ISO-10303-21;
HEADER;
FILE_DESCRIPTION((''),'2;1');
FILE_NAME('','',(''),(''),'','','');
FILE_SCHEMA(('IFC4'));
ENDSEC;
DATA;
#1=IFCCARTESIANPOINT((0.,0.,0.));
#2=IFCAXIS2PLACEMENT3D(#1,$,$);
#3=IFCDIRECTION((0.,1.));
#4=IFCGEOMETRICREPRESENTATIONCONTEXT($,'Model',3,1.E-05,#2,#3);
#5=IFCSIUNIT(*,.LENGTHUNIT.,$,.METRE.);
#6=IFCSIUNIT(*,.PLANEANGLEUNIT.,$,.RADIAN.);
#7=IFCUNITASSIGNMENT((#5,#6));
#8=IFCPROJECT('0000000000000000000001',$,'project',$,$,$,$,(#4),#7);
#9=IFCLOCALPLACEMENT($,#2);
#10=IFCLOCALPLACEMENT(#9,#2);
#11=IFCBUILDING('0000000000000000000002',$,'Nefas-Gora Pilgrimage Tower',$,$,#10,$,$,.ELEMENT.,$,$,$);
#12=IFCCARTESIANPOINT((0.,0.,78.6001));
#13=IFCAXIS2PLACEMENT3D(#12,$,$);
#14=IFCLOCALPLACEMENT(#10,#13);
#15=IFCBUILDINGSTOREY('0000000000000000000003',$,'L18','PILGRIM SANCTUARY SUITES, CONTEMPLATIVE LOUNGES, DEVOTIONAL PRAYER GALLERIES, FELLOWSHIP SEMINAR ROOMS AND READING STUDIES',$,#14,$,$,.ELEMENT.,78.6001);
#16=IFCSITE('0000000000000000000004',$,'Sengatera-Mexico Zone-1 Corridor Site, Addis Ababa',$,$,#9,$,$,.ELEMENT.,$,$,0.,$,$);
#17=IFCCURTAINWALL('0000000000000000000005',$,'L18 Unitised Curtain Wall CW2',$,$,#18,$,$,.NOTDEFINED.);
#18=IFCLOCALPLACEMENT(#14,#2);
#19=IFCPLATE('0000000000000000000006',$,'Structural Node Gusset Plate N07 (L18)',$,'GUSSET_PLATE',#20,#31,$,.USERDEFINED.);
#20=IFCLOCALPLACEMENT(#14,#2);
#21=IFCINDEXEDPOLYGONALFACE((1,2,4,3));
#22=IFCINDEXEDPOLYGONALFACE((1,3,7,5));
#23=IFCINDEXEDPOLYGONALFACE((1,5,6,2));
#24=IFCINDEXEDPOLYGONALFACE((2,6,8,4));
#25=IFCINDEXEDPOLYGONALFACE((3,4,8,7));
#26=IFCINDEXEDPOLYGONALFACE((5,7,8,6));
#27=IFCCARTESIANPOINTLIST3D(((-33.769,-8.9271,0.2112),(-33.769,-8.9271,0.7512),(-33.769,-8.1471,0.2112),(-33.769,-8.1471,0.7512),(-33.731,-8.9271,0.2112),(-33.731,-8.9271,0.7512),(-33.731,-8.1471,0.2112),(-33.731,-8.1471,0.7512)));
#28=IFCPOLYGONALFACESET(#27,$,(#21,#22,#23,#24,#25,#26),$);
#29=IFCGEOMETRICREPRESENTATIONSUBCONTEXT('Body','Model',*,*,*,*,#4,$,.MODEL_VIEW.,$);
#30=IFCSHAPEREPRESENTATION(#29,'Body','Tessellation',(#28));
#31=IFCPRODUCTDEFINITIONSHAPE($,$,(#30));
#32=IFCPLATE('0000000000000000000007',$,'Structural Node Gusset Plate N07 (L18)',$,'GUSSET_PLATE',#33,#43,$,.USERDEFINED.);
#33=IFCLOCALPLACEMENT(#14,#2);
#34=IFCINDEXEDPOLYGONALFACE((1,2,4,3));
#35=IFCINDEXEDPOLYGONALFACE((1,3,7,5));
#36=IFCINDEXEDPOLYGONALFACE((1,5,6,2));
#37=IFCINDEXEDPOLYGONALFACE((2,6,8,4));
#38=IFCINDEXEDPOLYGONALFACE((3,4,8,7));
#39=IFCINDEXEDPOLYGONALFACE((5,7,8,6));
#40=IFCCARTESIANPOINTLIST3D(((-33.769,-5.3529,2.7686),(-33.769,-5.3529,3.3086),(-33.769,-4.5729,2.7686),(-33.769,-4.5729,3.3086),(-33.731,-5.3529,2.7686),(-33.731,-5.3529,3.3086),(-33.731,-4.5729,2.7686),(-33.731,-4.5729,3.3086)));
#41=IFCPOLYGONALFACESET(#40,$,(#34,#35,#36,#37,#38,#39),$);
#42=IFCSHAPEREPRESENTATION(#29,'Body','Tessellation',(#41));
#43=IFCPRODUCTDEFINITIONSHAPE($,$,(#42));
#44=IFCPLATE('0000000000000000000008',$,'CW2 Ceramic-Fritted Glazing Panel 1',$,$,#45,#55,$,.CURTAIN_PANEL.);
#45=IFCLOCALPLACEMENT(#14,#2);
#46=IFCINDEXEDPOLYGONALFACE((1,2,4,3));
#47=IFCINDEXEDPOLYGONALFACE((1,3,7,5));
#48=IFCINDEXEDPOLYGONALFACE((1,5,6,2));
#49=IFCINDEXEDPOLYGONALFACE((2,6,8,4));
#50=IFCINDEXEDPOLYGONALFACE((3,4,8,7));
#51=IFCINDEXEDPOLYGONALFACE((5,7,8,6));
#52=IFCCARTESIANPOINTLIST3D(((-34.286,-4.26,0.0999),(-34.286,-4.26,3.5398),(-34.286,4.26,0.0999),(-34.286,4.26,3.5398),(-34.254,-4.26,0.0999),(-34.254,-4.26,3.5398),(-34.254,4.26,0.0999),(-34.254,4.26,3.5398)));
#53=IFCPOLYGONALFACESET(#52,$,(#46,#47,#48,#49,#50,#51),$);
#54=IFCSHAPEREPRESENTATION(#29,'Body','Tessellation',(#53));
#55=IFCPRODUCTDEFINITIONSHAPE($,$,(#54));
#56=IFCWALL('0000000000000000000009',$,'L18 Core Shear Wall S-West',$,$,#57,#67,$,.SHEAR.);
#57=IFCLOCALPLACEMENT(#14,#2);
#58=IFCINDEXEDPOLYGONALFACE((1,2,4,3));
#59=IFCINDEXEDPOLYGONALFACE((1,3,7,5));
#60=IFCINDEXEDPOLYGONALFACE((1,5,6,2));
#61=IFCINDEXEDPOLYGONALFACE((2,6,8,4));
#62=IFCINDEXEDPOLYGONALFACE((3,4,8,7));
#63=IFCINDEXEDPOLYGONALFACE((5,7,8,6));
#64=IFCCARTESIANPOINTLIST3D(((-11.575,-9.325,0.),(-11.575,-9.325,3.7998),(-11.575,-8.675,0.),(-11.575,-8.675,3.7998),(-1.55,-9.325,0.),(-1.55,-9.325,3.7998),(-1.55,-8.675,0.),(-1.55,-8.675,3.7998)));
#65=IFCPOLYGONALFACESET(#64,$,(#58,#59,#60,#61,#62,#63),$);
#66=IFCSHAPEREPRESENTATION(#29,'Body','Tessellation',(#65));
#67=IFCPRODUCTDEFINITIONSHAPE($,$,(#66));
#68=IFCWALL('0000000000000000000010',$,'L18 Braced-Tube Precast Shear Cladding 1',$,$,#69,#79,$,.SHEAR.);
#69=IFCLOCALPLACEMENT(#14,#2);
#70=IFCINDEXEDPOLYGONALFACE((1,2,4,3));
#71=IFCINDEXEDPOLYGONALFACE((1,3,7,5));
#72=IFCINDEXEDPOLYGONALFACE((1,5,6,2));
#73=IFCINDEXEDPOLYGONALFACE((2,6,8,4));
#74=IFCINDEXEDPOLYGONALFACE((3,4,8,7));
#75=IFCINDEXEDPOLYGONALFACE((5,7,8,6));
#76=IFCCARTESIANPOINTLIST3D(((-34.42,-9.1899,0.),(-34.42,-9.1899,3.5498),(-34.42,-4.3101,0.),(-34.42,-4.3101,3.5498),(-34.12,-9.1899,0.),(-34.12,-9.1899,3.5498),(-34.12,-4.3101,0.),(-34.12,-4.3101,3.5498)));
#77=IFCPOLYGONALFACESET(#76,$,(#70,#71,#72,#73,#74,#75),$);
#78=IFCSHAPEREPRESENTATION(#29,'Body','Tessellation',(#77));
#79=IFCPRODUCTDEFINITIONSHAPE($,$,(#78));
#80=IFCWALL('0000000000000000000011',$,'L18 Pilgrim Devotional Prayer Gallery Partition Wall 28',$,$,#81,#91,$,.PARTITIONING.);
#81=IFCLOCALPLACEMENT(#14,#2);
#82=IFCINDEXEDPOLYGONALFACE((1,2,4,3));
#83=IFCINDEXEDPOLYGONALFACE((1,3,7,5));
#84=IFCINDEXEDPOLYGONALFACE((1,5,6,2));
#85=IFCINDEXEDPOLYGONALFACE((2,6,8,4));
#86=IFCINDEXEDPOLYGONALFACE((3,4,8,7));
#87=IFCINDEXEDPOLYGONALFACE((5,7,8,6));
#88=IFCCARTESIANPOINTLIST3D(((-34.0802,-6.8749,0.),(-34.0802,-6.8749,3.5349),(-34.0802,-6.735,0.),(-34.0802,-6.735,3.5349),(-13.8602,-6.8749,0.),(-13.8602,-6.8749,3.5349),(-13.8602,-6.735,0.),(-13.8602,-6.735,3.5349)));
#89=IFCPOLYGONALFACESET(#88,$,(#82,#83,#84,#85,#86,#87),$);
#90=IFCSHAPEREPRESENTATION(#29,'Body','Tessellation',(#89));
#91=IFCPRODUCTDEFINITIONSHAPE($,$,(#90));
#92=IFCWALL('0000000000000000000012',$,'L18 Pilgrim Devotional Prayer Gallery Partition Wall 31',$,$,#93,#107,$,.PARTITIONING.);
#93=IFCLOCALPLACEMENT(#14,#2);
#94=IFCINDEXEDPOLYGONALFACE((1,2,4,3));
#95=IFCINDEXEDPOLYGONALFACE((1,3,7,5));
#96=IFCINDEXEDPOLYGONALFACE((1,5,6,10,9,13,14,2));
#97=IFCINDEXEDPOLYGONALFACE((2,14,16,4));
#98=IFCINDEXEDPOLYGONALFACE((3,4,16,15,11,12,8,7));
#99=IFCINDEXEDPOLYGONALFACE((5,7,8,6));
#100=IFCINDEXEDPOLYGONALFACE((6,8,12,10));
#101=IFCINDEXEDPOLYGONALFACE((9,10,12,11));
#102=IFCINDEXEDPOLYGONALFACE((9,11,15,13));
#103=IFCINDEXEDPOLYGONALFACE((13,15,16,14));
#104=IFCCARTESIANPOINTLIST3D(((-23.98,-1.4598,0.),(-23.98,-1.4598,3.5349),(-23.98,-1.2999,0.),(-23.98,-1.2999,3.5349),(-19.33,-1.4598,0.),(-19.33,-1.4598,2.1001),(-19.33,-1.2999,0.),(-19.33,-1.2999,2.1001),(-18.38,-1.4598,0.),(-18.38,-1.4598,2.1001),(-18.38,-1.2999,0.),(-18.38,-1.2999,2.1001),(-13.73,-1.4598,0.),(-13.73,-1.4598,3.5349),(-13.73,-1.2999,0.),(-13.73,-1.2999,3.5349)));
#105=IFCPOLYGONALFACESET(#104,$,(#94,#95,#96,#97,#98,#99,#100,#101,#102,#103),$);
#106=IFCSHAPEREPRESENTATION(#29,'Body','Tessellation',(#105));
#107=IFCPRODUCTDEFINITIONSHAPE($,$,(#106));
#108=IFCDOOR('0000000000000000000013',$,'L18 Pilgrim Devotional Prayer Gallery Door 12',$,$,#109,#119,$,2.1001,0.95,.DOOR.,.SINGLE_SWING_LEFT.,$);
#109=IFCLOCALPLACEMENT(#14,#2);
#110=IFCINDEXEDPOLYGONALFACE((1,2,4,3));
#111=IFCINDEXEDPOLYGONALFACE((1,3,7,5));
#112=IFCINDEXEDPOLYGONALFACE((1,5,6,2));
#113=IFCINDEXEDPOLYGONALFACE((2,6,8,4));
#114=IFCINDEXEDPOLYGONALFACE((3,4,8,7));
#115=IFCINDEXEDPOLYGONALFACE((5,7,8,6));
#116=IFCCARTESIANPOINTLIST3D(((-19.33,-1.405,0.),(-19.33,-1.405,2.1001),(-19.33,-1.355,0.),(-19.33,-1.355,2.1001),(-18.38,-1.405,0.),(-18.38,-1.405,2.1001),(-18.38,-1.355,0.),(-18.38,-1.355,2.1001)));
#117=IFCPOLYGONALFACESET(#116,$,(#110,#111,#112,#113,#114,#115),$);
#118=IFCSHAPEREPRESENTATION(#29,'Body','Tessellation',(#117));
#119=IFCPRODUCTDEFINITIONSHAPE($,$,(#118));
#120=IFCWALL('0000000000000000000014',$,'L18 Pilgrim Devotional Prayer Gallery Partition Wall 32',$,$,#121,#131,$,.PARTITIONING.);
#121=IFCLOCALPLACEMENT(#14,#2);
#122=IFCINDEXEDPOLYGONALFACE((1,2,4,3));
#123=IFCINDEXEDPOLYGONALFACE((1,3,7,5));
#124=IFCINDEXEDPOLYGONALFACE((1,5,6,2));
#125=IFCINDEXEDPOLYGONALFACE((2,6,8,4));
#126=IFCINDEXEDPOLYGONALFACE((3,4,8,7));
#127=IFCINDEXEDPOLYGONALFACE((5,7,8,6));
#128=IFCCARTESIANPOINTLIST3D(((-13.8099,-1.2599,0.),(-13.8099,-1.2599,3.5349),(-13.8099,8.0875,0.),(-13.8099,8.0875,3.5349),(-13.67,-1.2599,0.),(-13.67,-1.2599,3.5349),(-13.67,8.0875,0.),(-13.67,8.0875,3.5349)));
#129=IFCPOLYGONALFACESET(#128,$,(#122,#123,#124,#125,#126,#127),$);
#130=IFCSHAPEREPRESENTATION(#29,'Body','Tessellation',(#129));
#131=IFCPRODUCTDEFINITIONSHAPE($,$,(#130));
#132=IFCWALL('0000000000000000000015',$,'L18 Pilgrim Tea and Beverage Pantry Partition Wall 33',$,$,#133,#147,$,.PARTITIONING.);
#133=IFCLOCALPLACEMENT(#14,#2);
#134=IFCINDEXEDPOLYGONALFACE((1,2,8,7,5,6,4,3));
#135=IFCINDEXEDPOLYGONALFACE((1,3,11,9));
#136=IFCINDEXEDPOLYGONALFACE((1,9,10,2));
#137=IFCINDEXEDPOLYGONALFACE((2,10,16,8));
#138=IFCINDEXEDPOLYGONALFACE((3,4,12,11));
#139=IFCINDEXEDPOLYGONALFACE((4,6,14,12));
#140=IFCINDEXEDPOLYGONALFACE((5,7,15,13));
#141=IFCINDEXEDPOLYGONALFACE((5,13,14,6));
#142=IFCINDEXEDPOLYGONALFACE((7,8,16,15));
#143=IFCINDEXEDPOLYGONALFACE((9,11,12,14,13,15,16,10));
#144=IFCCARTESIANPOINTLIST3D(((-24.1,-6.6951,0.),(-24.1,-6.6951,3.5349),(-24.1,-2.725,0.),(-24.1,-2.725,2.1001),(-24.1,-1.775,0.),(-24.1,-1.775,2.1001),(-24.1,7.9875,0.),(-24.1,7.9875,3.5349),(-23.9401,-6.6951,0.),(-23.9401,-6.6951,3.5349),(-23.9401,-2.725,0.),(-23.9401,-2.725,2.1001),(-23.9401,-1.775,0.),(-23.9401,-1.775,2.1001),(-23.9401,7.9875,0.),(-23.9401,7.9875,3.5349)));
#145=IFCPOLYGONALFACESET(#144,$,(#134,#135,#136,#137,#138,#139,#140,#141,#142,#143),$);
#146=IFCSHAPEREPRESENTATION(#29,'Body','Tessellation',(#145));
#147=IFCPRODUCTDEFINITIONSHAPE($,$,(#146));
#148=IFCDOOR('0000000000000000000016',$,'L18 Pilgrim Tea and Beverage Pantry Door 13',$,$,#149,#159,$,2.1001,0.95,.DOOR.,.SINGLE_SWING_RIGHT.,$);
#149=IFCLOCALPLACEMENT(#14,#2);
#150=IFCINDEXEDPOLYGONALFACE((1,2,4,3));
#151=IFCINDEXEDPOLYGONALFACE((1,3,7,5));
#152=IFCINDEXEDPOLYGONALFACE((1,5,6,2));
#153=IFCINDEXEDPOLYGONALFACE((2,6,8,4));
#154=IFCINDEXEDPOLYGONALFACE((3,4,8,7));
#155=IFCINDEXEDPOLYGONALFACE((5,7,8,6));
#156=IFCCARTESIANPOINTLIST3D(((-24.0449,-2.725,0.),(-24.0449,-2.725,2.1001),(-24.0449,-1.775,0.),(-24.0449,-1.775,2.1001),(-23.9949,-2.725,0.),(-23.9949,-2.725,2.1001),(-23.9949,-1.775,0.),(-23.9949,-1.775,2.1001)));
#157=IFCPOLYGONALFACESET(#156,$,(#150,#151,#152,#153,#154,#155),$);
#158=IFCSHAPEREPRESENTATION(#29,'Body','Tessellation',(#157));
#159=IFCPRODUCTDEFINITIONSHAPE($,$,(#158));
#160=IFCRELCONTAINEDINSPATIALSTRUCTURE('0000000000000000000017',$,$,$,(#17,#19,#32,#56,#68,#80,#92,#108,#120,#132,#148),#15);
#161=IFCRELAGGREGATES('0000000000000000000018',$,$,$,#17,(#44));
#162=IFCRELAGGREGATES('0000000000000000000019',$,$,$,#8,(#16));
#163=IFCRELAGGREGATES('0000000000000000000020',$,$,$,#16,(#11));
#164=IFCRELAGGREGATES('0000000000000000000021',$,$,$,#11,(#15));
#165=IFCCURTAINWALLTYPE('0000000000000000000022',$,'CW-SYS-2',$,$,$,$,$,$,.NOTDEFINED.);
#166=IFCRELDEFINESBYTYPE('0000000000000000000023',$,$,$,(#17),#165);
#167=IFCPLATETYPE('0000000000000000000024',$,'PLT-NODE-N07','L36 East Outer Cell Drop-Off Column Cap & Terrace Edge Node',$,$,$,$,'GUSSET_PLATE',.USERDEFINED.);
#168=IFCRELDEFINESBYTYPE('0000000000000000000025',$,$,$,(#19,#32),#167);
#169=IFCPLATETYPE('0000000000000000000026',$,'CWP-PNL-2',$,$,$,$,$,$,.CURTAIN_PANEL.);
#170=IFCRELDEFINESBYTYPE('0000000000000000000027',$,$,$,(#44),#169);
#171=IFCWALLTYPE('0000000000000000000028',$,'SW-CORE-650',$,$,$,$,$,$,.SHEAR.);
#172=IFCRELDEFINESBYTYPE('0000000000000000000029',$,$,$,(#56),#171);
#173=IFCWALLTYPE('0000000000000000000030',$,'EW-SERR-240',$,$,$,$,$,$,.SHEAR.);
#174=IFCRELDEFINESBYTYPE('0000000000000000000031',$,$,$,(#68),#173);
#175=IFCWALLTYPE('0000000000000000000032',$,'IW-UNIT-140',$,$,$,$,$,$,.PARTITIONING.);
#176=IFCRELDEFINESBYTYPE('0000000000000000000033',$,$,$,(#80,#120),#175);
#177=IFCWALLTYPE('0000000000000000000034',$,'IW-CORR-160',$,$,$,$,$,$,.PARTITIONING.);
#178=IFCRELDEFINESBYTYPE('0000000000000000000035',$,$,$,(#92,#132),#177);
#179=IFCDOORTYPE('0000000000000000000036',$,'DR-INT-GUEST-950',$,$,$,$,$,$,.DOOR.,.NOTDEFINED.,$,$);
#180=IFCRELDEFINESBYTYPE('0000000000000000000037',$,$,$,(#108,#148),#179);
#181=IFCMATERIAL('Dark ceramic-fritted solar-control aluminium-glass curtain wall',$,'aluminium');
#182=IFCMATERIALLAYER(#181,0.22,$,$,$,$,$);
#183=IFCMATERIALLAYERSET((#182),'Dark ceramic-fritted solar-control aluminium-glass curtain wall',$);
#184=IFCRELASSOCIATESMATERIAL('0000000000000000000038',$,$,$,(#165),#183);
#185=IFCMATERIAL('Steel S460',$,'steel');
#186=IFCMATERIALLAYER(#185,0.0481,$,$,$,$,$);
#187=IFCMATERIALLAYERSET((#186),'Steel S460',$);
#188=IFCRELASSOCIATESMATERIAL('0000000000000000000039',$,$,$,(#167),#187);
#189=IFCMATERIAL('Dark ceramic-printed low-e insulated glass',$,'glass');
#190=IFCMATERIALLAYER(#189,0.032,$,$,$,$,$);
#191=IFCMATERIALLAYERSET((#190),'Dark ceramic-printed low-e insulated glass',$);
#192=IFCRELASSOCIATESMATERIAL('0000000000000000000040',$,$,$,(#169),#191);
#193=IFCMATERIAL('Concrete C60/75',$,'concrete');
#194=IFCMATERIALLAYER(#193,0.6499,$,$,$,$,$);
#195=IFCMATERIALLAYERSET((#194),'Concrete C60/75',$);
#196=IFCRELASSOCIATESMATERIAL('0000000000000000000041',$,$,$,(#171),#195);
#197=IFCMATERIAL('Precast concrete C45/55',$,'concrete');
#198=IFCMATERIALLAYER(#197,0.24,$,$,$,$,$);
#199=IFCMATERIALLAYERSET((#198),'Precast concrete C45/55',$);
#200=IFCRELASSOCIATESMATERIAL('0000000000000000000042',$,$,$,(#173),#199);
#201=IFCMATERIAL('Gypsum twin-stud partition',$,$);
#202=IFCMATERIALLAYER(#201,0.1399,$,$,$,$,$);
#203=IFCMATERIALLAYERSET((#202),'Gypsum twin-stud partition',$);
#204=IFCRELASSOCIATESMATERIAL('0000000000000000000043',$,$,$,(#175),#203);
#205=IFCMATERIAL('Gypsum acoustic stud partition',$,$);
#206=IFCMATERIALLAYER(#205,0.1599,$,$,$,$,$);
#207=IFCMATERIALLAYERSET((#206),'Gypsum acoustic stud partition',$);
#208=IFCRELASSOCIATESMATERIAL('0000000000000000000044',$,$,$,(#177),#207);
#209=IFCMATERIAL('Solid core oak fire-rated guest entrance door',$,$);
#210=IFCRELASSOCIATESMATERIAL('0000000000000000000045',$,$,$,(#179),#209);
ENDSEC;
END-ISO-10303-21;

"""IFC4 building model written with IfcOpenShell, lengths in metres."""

from ifc_helpers import new_model, si_unit, direction, frame, frame_2d, origin, origin_2d, place, context, subcontext, project, spatial, rectangle, extrude, source, transform, mapped, material, layer, layer_set, type_object, element, fill, aggregate, save


model = new_model("IFC4")

# Units and contexts
model_context = context("Model", 3, precision=1e-05, world=origin(), true_north=direction((0.0, 1.0)))
body_context = subcontext(model_context, "Body", "Model", "MODEL_VIEW")
ifc_project = project(units=[si_unit("LENGTHUNIT", "METRE"), si_unit("PLANEANGLEUNIT", "RADIAN")], contexts=[model_context])

# Site, building, storey
site_placement = place(None, origin())
site = spatial("IfcSite", under=ifc_project, at=site_placement, Name="Sengatera-Mexico Zone-1 Corridor Site, Addis Ababa", CompositionType="ELEMENT", RefElevation=0.0)
building_placement = place(site_placement, origin())
building = spatial("IfcBuilding", under=site, at=building_placement, Name="Nefas-Gora Pilgrimage Tower", CompositionType="ELEMENT")
storey_placement = place(building_placement, frame((0.0, 0.0, 78.6001)))
storey = spatial("IfcBuildingStorey", under=building, at=storey_placement, Name="L18", Description="PILGRIM SANCTUARY SUITES, CONTEMPLATIVE LOUNGES, DEVOTIONAL PRAYER GALLERIES, FELLOWSHIP SEMINAR ROOMS AND READING STUDIES", CompositionType="ELEMENT", Elevation=78.6001)

# Shared definitions
ifc_material_1 = material(Name="Steel S460", Category="steel")

# Curtain wall
ifc_material_2 = material(Name="Dark ceramic-fritted solar-control aluminium-glass curtain wall", Category="aluminium")
ifc_layer_1 = layer(ifc_material_2, 0.22)
ifc_layer_set_1 = layer_set([ifc_layer_1], Name="Dark ceramic-fritted solar-control aluminium-glass curtain wall")
curtain_wall_type = type_object("IfcCurtainWallType", Name="CW-SYS-2", PredefinedType="NOTDEFINED", material=ifc_layer_set_1)
curtain_wall_1_placement = place(storey_placement, origin())
curtain_wall_1 = element("IfcCurtainWall", 1, at=curtain_wall_1_placement, inside=storey, type_object=curtain_wall_type, Name="L18 Unitised Curtain Wall CW2", PredefinedType="NOTDEFINED")

# Plates
ifc_layer_2 = layer(ifc_material_1, 0.0481)
ifc_layer_set_2 = layer_set([ifc_layer_2], Name="Steel S460")
plate_type_1 = type_object("IfcPlateType", Name="PLT-NODE-N07", Description="L36 East Outer Cell Drop-Off Column Cap & Terrace Edge Node", ElementType="GUSSET_PLATE", PredefinedType="USERDEFINED", material=ifc_layer_set_2)
shared_shape_1 = source(origin(), body_context, "Body", "SweptSolid", [
    extrude(rectangle(XDim=0.78, YDim=0.0381, at=origin_2d()), origin(), (0.0, 0.0, 1.0), 0.54),
])
for number, where, z_axis, x_axis, name in (
    (2, (-33.75, -8.5371, 0.2112), (0.0, 0.0, 1.0), (0.0, 1.0, 0.0), "Structural Node Gusset Plate N07 (L18)"),
    (3, (-33.75, -4.9629, 2.7686), (0.0, 0.0, 1.0), (0.0, 1.0, 0.0), "Structural Node Gusset Plate N07 (L18)"),
):
    element("IfcPlate", number, at=place(storey_placement, frame(where, z_axis=z_axis, x_axis=x_axis)), inside=storey, type_object=plate_type_1, Name=name, ObjectType="GUSSET_PLATE", PredefinedType="USERDEFINED", context=body_context, shape_type="MappedRepresentation", body=[
        mapped(shared_shape_1, transform((0.0, 0.0, 0.0), x_axis=(1.0, 0.0, 0.0), y_axis=(0.0, 1.0, 0.0), z_axis=(0.0, 0.0, 1.0), scale=1.0)),
    ])

# Plate
ifc_material_3 = material(Name="Dark ceramic-printed low-e insulated glass", Category="glass")
ifc_layer_3 = layer(ifc_material_3, 0.032)
ifc_layer_set_3 = layer_set([ifc_layer_3], Name="Dark ceramic-printed low-e insulated glass")
plate_type_2 = type_object("IfcPlateType", Name="CWP-PNL-2", PredefinedType="CURTAIN_PANEL", material=ifc_layer_set_3)
shared_shape_2 = source(origin(), body_context, "Body", "SweptSolid", [
    extrude(rectangle(XDim=8.52, YDim=0.032, at=origin_2d()), origin(), (0.0, 0.0, 1.0), 3.4399),
])
plate_placement = place(storey_placement, frame((-34.27, 0.0, 0.0999), z_axis=(0.0, 0.0, 1.0), x_axis=(0.0, -1.0, 0.0)))
plate = element("IfcPlate", 4, at=plate_placement, type_object=plate_type_2, Name="CW2 Ceramic-Fritted Glazing Panel 1", PredefinedType="CURTAIN_PANEL", context=body_context, shape_type="MappedRepresentation", body=[
    mapped(shared_shape_2, transform((0.0, 0.0, 0.0), x_axis=(1.0, 0.0, 0.0), y_axis=(0.0, 1.0, 0.0), z_axis=(0.0, 0.0, 1.0), scale=1.0)),
])
aggregate(curtain_wall_1, [plate])

# Walls
ifc_material_4 = material(Name="Concrete C60/75", Category="concrete")
ifc_layer_4 = layer(ifc_material_4, 0.6499)
ifc_layer_set_4 = layer_set([ifc_layer_4], Name="Concrete C60/75")
wall_type_1 = type_object("IfcWallType", Name="SW-CORE-650", PredefinedType="SHEAR", material=ifc_layer_set_4)
shared_shape_3 = source(origin(), body_context, "Body", "SweptSolid", [
    extrude(rectangle(XDim=10.0249, YDim=0.6499, at=frame_2d((5.0125, 0.0))), origin(), (0.0, 0.0, 1.0), 3.7998),
])
wall_1_placement = place(storey_placement, frame((-11.575, -9.0, 0.0), z_axis=(0.0, 0.0, 1.0), x_axis=(1.0, 0.0, 0.0)))
element("IfcWall", 5, at=wall_1_placement, inside=storey, type_object=wall_type_1, Name="L18 Core Shear Wall S-West", PredefinedType="SHEAR", context=body_context, shape_type="MappedRepresentation", body=[
    mapped(shared_shape_3, transform((0.0, 0.0, 0.0), x_axis=(1.0, 0.0, 0.0), y_axis=(0.0, 1.0, 0.0), z_axis=(0.0, 0.0, 1.0), scale=1.0)),
])
ifc_material_5 = material(Name="Precast concrete C45/55", Category="concrete")
ifc_layer_5 = layer(ifc_material_5, 0.24)
ifc_layer_set_5 = layer_set([ifc_layer_5], Name="Precast concrete C45/55")
wall_type_2 = type_object("IfcWallType", Name="EW-SERR-240", PredefinedType="SHEAR", material=ifc_layer_set_5)
shared_shape_4 = source(origin(), body_context, "Body", "SweptSolid", [
    extrude(rectangle(XDim=4.8799, YDim=0.3, at=frame_2d((2.4399, 0.0))), origin(), (0.0, 0.0, 1.0), 3.5498),
])
wall_2_placement = place(storey_placement, frame((-34.27, -9.1899, 0.0), z_axis=(0.0, 0.0, 1.0), x_axis=(0.0, 1.0, 0.0)))
element("IfcWall", 6, at=wall_2_placement, inside=storey, type_object=wall_type_2, Name="L18 Braced-Tube Precast Shear Cladding 1", PredefinedType="SHEAR", context=body_context, shape_type="MappedRepresentation", body=[
    mapped(shared_shape_4, transform((0.0, 0.0, 0.0), x_axis=(1.0, 0.0, 0.0), y_axis=(0.0, 1.0, 0.0), z_axis=(0.0, 0.0, 1.0), scale=1.0)),
])
ifc_material_6 = material(Name="Gypsum twin-stud partition")
ifc_layer_6 = layer(ifc_material_6, 0.1399)
ifc_layer_set_6 = layer_set([ifc_layer_6], Name="Gypsum twin-stud partition")
wall_type_3 = type_object("IfcWallType", Name="IW-UNIT-140", PredefinedType="PARTITIONING", material=ifc_layer_set_6)
shared_shape_5 = source(origin(), body_context, "Body", "SweptSolid", [
    extrude(rectangle(XDim=20.22, YDim=0.1399, at=frame_2d((10.1099, 0.0))), origin(), (0.0, 0.0, 1.0), 3.5349),
])
wall_3_placement = place(storey_placement, frame((-34.0801, -6.8049, 0.0), z_axis=(0.0, 0.0, 1.0), x_axis=(1.0, 0.0, 0.0)))
element("IfcWall", 7, at=wall_3_placement, inside=storey, type_object=wall_type_3, Name="L18 Pilgrim Devotional Prayer Gallery Partition Wall 28", PredefinedType="PARTITIONING", context=body_context, shape_type="MappedRepresentation", body=[
    mapped(shared_shape_5, transform((0.0, 0.0, 0.0), x_axis=(1.0, 0.0, 0.0), y_axis=(0.0, 1.0, 0.0), z_axis=(0.0, 0.0, 1.0), scale=1.0)),
])

# Wall, opening, door
ifc_material_7 = material(Name="Gypsum acoustic stud partition")
ifc_layer_7 = layer(ifc_material_7, 0.1599)
ifc_layer_set_7 = layer_set([ifc_layer_7], Name="Gypsum acoustic stud partition")
wall_type_4 = type_object("IfcWallType", Name="IW-CORR-160", PredefinedType="PARTITIONING", material=ifc_layer_set_7)
shared_shape_6 = source(origin(), body_context, "Body", "SweptSolid", [
    extrude(rectangle(XDim=10.25, YDim=0.1599, at=frame_2d((5.125, 0.0))), origin(), (0.0, 0.0, 1.0), 3.5349),
])
wall_4_placement = place(storey_placement, frame((-23.98, -1.3799, 0.0), z_axis=(0.0, 0.0, 1.0), x_axis=(1.0, 0.0, 0.0)))
wall_4 = element("IfcWall", 8, at=wall_4_placement, inside=storey, type_object=wall_type_4, Name="L18 Pilgrim Devotional Prayer Gallery Partition Wall 31", PredefinedType="PARTITIONING", context=body_context, shape_type="MappedRepresentation", body=[
    mapped(shared_shape_6, transform((0.0, 0.0, 0.0), x_axis=(1.0, 0.0, 0.0), y_axis=(0.0, 1.0, 0.0), z_axis=(0.0, 0.0, 1.0), scale=1.0)),
])
opening_1_placement = place(wall_4_placement, frame((4.6499, 0.0, 0.0)))
opening_1 = element("IfcOpeningElement", 9, at=opening_1_placement, cuts=wall_4, PredefinedType="OPENING", context=body_context, shape_type="SweptSolid", body=[
    extrude(rectangle(XDim=0.95, YDim=2.1001, at=frame_2d((0.4751, 1.05))), frame((0.0, 0.0898, 0.0), z_axis=(0.0, -1.0, 0.0), x_axis=(1.0, 0.0, 0.0)), (0.0, 0.0, 1.0), 0.1799),
])
ifc_material_8 = material(Name="Solid core oak fire-rated guest entrance door")
door_type_1 = type_object("IfcDoorType", Name="DR-INT-GUEST-950", OperationType="NOTDEFINED", PredefinedType="DOOR", material=ifc_material_8)
shared_shape_7 = source(origin(), body_context, "Body", "SweptSolid", [
    extrude(rectangle(XDim=0.95, YDim=2.1001, at=frame_2d((0.4751, 1.05))), frame((0.0, 0.0249, 0.0), z_axis=(0.0, -1.0, 0.0), x_axis=(1.0, 0.0, 0.0)), (0.0, 0.0, 1.0), 0.05),
])
door_1_placement = place(opening_1_placement, origin())
door_1 = element("IfcDoor", 10, at=door_1_placement, inside=storey, type_object=door_type_1, Name="L18 Pilgrim Devotional Prayer Gallery Door 12", OperationType="SINGLE_SWING_LEFT", OverallHeight=2.1001, OverallWidth=0.95, PredefinedType="DOOR", context=body_context, shape_type="MappedRepresentation", body=[
    mapped(shared_shape_7, transform((0.0, 0.0, 0.0), x_axis=(1.0, 0.0, 0.0), y_axis=(0.0, 1.0, 0.0), z_axis=(0.0, 0.0, 1.0), scale=1.0)),
])
fill(opening_1, door_1)

# Wall
shared_shape_8 = source(origin(), body_context, "Body", "SweptSolid", [
    extrude(rectangle(XDim=9.3474, YDim=0.1399, at=frame_2d((4.6738, 0.0))), origin(), (0.0, 0.0, 1.0), 3.5349),
])
wall_5_placement = place(storey_placement, frame((-13.74, -1.26, 0.0), z_axis=(0.0, 0.0, 1.0), x_axis=(0.0, 1.0, 0.0)))
element("IfcWall", 11, at=wall_5_placement, inside=storey, type_object=wall_type_3, Name="L18 Pilgrim Devotional Prayer Gallery Partition Wall 32", PredefinedType="PARTITIONING", context=body_context, shape_type="MappedRepresentation", body=[
    mapped(shared_shape_8, transform((0.0, 0.0, 0.0), x_axis=(1.0, 0.0, 0.0), y_axis=(0.0, 1.0, 0.0), z_axis=(0.0, 0.0, 1.0), scale=1.0)),
])

# Wall, opening, door
shared_shape_9 = source(origin(), body_context, "Body", "SweptSolid", [
    extrude(rectangle(XDim=14.6826, YDim=0.1599, at=frame_2d((7.3413, 0.0))), origin(), (0.0, 0.0, 1.0), 3.5349),
])
wall_6_placement = place(storey_placement, frame((-24.02, -6.6951, 0.0), z_axis=(0.0, 0.0, 1.0), x_axis=(0.0, 1.0, 0.0)))
wall_6 = element("IfcWall", 12, at=wall_6_placement, inside=storey, type_object=wall_type_4, Name="L18 Pilgrim Tea and Beverage Pantry Partition Wall 33", PredefinedType="PARTITIONING", context=body_context, shape_type="MappedRepresentation", body=[
    mapped(shared_shape_9, transform((0.0, 0.0, 0.0), x_axis=(1.0, 0.0, 0.0), y_axis=(0.0, 1.0, 0.0), z_axis=(0.0, 0.0, 1.0), scale=1.0)),
])
opening_2_placement = place(wall_6_placement, frame((3.97, 0.0, 0.0)))
opening_2 = element("IfcOpeningElement", 13, at=opening_2_placement, cuts=wall_6, PredefinedType="OPENING", context=body_context, shape_type="SweptSolid", body=[
    extrude(rectangle(XDim=0.95, YDim=2.1001, at=frame_2d((0.4751, 1.05))), frame((0.0, 0.0898, 0.0), z_axis=(0.0, -1.0, 0.0), x_axis=(1.0, 0.0, 0.0)), (0.0, 0.0, 1.0), 0.1799),
])
door_2_placement = place(opening_2_placement, origin())
door_2 = element("IfcDoor", 14, at=door_2_placement, inside=storey, type_object=door_type_1, Name="L18 Pilgrim Tea and Beverage Pantry Door 13", OperationType="SINGLE_SWING_RIGHT", OverallHeight=2.1001, OverallWidth=0.95, PredefinedType="DOOR", context=body_context, shape_type="MappedRepresentation", body=[
    mapped(shared_shape_7, transform((0.0, 0.0, 0.0), x_axis=(1.0, 0.0, 0.0), y_axis=(0.0, 1.0, 0.0), z_axis=(0.0, 0.0, 1.0), scale=1.0)),
])
fill(opening_2, door_2)

save(model, "model.ifc")
